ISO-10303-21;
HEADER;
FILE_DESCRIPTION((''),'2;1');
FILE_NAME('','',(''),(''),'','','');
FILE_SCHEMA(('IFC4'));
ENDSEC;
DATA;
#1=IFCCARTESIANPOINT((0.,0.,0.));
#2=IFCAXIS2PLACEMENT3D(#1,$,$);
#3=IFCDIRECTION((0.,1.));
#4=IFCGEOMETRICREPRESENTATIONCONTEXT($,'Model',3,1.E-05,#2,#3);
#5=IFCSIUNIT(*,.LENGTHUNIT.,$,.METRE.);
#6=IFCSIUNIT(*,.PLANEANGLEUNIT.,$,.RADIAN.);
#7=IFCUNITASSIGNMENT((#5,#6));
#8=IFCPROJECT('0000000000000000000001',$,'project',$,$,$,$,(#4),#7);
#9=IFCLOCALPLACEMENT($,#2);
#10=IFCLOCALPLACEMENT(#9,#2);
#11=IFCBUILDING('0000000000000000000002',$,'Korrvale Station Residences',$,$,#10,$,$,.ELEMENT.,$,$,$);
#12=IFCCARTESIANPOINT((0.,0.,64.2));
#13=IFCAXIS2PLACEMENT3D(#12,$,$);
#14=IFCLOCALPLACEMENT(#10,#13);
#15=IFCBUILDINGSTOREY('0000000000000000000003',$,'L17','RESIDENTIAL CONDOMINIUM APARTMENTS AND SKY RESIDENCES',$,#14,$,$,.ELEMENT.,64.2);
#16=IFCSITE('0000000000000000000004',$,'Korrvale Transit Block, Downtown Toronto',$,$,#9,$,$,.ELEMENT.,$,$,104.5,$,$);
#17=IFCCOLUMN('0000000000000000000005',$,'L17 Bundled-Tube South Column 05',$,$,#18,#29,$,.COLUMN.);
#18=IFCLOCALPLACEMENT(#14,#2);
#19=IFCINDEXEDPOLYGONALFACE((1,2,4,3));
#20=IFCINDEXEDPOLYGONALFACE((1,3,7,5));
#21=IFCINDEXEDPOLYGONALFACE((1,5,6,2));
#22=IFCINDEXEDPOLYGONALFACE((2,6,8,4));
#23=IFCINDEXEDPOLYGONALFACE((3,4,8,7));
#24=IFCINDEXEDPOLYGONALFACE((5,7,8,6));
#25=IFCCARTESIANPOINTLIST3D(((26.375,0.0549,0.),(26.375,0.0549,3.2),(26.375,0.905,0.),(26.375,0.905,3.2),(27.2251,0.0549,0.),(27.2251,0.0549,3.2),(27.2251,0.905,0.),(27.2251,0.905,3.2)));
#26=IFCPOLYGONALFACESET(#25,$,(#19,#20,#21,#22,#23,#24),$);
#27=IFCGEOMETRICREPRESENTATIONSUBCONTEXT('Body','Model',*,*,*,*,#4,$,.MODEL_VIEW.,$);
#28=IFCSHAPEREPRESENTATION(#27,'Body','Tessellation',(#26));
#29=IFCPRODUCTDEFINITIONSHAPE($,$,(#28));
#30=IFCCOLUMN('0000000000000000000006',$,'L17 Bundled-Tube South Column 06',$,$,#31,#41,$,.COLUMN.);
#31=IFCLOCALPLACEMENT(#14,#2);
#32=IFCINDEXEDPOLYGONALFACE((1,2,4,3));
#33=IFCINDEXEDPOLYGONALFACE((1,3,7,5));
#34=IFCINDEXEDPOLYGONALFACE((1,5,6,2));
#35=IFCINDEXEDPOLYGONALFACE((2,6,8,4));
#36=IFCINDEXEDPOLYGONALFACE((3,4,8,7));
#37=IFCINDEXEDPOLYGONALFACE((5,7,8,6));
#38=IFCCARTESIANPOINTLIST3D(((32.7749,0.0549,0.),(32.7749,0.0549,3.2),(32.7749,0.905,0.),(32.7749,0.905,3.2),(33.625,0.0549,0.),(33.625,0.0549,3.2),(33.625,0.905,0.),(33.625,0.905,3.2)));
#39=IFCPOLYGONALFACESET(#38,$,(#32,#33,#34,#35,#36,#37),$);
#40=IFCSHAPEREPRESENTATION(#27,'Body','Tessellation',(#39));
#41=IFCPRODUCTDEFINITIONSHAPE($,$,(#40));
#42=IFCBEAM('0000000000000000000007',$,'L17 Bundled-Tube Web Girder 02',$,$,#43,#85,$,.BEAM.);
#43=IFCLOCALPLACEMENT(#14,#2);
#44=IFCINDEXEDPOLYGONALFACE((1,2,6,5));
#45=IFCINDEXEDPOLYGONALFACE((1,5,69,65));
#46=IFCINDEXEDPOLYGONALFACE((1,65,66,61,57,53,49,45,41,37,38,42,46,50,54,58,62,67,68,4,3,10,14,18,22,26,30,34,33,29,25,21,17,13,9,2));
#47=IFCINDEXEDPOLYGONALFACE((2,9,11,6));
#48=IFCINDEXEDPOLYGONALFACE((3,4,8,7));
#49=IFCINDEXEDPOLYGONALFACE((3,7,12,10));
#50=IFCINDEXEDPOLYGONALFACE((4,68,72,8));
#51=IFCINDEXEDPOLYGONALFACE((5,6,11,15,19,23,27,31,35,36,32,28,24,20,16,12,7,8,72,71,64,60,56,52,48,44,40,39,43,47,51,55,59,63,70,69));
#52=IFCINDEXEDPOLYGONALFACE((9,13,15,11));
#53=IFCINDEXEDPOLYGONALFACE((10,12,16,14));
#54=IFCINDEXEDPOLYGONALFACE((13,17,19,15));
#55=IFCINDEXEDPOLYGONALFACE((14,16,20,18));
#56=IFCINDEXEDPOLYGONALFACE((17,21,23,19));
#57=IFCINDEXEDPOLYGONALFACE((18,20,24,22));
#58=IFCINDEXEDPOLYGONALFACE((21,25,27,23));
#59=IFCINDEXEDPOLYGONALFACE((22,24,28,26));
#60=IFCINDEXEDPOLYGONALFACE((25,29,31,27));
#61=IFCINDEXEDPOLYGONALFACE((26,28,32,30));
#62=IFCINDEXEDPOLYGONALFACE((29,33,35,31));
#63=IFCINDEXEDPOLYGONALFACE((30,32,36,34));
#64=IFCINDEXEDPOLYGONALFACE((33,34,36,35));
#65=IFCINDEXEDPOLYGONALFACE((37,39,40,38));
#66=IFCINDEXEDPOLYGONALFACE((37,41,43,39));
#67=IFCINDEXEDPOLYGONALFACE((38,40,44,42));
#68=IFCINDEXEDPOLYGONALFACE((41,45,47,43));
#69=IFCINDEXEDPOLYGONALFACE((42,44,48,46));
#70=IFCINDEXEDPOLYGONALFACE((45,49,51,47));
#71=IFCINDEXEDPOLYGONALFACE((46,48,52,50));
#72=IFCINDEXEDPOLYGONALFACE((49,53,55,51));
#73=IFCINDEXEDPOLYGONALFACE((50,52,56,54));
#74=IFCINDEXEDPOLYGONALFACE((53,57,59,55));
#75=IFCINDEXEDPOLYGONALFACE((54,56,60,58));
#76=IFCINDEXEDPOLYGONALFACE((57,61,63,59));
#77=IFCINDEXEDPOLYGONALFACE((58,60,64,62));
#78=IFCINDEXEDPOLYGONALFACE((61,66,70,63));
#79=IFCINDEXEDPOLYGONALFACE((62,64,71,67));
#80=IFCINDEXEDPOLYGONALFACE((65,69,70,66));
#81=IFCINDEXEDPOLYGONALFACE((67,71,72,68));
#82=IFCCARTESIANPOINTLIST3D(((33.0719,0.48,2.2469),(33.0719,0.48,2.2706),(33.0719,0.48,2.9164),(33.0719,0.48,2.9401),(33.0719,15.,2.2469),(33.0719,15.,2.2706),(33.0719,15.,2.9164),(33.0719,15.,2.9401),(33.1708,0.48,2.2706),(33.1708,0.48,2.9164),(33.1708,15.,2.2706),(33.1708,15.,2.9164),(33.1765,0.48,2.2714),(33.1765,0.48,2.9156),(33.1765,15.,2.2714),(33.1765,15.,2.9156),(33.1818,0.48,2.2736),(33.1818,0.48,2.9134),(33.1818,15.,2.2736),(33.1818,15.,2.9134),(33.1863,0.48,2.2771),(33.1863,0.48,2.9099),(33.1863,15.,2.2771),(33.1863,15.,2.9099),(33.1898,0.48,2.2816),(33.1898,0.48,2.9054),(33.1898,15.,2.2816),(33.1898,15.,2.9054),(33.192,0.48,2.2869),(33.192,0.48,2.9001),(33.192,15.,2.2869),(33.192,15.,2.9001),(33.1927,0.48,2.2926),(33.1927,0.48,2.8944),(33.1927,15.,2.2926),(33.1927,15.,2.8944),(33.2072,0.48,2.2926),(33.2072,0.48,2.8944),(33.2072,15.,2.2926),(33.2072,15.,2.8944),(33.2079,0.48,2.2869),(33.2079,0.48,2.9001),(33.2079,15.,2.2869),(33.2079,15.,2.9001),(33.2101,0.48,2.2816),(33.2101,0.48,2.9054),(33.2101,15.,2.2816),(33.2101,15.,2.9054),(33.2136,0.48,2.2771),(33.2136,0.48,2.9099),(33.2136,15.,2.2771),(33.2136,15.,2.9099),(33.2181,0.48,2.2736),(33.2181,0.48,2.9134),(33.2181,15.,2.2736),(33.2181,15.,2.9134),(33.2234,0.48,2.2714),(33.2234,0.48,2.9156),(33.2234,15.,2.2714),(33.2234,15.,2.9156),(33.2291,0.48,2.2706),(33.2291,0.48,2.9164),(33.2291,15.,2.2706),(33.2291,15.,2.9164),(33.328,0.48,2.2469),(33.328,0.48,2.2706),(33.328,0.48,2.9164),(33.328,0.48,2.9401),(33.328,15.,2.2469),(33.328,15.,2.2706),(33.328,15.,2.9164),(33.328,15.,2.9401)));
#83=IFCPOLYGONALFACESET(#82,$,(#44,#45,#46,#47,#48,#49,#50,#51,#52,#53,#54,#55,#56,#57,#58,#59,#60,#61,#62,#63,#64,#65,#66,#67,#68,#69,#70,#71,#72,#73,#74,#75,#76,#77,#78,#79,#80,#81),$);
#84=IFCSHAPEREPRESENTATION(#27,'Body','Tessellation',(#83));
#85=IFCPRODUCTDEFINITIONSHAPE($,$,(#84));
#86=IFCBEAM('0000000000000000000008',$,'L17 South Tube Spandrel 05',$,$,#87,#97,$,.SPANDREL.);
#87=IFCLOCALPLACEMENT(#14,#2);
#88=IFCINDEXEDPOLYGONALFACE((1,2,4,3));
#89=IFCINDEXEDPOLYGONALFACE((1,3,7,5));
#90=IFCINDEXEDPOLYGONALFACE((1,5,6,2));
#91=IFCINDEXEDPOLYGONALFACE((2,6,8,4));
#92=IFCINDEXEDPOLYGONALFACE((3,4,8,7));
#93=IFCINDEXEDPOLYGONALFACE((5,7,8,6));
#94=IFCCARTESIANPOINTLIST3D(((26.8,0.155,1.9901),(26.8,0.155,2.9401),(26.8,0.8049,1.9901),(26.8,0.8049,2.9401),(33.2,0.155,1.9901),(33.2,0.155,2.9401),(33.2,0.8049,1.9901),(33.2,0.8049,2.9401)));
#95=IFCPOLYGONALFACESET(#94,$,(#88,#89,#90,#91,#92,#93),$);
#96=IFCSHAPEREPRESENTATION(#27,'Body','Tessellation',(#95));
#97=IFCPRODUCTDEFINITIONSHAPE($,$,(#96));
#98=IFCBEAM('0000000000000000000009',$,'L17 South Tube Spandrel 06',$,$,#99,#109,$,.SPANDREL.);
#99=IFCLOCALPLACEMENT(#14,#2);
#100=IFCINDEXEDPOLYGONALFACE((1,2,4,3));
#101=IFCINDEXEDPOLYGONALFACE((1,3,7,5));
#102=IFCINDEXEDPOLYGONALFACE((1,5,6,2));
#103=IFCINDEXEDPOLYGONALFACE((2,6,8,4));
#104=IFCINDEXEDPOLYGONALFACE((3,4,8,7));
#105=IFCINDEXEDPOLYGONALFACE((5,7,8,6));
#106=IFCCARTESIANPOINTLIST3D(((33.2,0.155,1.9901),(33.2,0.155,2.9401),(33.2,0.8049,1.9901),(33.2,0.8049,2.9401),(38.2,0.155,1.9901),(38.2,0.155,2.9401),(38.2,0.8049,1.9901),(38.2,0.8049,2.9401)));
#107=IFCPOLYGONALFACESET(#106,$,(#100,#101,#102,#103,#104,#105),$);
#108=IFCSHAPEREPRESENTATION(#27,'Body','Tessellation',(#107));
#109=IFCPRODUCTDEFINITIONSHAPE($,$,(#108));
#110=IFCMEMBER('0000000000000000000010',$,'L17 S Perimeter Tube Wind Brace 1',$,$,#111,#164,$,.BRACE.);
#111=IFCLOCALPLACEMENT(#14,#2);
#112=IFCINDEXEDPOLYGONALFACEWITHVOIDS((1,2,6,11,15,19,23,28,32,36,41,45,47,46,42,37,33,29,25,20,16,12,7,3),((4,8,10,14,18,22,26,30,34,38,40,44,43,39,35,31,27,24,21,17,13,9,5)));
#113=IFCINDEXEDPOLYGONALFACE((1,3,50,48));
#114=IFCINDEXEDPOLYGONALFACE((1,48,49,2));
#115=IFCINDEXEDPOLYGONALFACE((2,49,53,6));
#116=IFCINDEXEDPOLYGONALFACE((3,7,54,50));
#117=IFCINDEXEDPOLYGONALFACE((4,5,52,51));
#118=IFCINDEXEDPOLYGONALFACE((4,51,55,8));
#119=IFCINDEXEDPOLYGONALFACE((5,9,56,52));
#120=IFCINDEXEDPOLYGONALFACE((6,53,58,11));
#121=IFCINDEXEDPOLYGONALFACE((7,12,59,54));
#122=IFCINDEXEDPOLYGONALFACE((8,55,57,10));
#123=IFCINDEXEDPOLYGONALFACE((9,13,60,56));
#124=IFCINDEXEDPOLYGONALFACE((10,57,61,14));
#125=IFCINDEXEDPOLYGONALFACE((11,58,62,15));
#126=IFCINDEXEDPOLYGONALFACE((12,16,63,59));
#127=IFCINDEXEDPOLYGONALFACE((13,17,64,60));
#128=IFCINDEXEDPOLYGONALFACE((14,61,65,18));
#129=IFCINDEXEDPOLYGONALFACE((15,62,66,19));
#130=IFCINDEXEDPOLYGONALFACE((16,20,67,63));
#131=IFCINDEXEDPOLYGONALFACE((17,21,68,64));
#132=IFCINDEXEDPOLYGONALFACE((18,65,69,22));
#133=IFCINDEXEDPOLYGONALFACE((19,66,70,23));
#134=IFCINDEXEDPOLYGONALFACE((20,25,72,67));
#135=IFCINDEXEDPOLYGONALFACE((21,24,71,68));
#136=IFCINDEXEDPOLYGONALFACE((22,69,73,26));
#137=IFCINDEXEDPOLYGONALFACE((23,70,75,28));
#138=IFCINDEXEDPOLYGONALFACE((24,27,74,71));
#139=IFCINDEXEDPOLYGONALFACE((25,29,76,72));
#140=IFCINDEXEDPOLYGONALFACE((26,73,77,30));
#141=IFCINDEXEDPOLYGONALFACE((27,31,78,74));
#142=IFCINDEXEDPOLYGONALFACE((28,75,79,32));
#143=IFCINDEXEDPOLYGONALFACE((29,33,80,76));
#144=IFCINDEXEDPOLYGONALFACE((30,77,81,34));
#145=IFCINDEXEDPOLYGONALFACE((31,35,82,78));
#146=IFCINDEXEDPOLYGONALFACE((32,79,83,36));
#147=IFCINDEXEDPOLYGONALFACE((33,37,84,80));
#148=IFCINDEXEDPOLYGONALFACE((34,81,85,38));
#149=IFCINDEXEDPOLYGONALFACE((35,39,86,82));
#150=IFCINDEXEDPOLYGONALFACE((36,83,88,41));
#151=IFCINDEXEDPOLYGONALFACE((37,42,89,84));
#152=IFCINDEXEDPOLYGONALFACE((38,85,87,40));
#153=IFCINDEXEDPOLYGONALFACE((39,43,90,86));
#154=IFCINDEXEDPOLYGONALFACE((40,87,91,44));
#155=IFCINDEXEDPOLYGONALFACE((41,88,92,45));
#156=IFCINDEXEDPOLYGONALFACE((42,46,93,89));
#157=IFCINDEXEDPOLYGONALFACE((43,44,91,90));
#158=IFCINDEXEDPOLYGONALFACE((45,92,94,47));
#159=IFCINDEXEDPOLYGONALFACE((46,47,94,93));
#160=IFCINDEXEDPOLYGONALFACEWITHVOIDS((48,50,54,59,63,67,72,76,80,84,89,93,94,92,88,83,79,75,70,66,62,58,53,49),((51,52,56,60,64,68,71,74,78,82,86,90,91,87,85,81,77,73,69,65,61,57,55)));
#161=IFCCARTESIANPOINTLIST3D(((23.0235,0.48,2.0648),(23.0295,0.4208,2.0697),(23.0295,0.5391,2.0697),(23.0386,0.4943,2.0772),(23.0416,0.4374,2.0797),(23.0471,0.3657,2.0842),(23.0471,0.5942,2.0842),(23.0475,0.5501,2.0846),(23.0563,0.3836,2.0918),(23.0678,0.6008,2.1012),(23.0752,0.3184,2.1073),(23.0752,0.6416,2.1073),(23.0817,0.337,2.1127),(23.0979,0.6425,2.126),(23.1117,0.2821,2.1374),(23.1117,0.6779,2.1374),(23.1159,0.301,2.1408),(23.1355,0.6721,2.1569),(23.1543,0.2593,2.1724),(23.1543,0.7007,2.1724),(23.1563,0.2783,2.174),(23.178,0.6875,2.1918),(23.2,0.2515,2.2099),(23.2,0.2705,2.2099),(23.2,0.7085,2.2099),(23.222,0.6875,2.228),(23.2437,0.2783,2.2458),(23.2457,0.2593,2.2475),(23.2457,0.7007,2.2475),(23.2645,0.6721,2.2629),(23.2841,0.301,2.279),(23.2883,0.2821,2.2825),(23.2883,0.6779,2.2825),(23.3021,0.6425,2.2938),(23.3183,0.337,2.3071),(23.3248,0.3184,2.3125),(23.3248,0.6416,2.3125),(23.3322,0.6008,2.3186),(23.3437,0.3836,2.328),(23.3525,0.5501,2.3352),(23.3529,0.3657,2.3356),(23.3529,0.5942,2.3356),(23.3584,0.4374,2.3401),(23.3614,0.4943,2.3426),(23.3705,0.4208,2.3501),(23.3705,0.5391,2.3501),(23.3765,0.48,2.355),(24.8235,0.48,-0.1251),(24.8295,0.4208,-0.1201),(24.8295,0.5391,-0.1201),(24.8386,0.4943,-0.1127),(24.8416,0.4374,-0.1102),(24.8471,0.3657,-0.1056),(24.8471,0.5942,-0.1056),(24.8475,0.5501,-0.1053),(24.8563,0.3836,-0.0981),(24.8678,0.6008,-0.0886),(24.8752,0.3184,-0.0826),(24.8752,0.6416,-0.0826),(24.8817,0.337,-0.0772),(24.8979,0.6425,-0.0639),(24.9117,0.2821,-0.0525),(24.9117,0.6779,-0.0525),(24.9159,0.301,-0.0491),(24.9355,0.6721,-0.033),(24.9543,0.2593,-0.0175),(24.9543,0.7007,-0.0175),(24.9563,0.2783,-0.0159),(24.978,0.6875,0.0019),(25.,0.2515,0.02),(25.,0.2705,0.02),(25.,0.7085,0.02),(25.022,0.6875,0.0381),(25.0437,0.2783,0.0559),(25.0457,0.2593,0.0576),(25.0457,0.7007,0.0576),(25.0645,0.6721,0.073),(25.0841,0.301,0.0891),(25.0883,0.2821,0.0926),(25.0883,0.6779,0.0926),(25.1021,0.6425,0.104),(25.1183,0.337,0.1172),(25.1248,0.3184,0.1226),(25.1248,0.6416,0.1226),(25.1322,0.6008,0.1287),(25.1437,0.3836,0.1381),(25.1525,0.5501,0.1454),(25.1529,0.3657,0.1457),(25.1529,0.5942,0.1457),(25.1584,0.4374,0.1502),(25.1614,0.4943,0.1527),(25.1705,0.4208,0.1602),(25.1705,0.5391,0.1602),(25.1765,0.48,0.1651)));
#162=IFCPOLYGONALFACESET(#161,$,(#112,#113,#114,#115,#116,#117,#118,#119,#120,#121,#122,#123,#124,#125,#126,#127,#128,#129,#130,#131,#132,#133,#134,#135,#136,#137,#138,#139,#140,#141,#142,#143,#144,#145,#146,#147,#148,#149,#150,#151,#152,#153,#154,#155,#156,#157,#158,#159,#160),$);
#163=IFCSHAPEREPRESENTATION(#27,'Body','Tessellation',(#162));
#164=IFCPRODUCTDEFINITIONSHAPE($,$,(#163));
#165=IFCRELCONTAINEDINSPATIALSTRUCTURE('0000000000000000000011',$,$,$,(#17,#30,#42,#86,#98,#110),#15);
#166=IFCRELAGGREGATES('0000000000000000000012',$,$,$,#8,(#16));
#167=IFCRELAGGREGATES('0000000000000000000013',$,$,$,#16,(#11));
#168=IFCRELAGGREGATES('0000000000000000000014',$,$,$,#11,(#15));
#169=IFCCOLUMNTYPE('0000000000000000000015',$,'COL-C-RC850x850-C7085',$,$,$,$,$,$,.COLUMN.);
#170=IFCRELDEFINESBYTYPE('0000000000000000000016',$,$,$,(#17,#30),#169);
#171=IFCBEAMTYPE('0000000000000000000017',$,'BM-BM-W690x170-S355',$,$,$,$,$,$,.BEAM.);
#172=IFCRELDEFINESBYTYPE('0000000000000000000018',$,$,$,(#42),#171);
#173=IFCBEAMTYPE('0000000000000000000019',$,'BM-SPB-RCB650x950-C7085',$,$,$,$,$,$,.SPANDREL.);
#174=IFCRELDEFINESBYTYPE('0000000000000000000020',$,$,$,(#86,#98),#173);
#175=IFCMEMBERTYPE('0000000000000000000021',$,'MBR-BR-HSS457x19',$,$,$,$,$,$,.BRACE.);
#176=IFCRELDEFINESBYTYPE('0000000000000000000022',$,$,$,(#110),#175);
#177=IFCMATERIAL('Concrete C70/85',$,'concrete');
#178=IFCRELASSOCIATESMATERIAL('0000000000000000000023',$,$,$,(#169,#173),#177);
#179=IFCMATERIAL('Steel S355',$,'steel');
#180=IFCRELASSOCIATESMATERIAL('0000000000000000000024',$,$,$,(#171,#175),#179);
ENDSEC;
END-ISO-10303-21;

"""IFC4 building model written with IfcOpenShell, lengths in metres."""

from ifc_helpers import new_model, si_unit, direction, frame, origin, origin_2d, place, context, subcontext, project, spatial, rectangle, hollow_circle, i_section, extrude, material, material_profile, profile_set, type_object, element, save


model = new_model("IFC4")

# Units and contexts
model_context = context("Model", 3, precision=1e-05, world=origin(), true_north=direction((0.0, 1.0)))
body_context = subcontext(model_context, "Body", "Model", "MODEL_VIEW")
ifc_project = project(units=[si_unit("LENGTHUNIT", "METRE"), si_unit("PLANEANGLEUNIT", "RADIAN")], contexts=[model_context])

# Site, building, storey
site_placement = place(None, origin())
site = spatial("IfcSite", under=ifc_project, at=site_placement, Name="Korrvale Transit Block, Downtown Toronto", CompositionType="ELEMENT", RefElevation=104.5)
building_placement = place(site_placement, origin())
building = spatial("IfcBuilding", under=site, at=building_placement, Name="Korrvale Station Residences", CompositionType="ELEMENT")
storey_placement = place(building_placement, frame((0.0, 0.0, 64.2)))
storey = spatial("IfcBuildingStorey", under=building, at=storey_placement, Name="L17", Description="RESIDENTIAL CONDOMINIUM APARTMENTS AND SKY RESIDENCES", CompositionType="ELEMENT", Elevation=64.2)

# Columns
ifc_material_1 = material(Name="Concrete C70/85", Category="concrete")
ifc_material_profile_1 = material_profile(ifc_material_1, rectangle(XDim=0.8501, YDim=0.8501, at=origin_2d()), Name="RC850x850")
ifc_profile_set_1 = profile_set([ifc_material_profile_1], Name="Concrete C70/85")
column_type = type_object("IfcColumnType", Name="COL-C-RC850x850-C7085", PredefinedType="COLUMN", material=ifc_profile_set_1)
for number, where, z_axis, x_axis, name in (
    (1, (26.8, 0.48, 0.0), (0.0, 0.0, 1.0), (1.0, 0.0, 0.0), "L17 Bundled-Tube South Column 05"),
    (2, (33.2, 0.48, 0.0), (0.0, 0.0, 1.0), (1.0, 0.0, 0.0), "L17 Bundled-Tube South Column 06"),
):
    element("IfcColumn", number, at=place(storey_placement, frame(where, z_axis=z_axis, x_axis=x_axis)), inside=storey, type_object=column_type, Name=name, PredefinedType="COLUMN", context=body_context, shape_type="SweptSolid", body=[
        extrude(rectangle(XDim=0.8501, YDim=0.8501, at=origin_2d()), origin(), (0.0, 0.0, 1.0), 3.2),
    ])

# Beams
ifc_material_2 = material(Name="Steel S355", Category="steel")
ifc_material_profile_2 = material_profile(ifc_material_2, i_section(OverallWidth=0.2561, OverallDepth=0.6931, WebThickness=0.0144, FlangeThickness=0.0237, FilletRadius=0.022, at=origin_2d()), Name="W690x170")
ifc_profile_set_2 = profile_set([ifc_material_profile_2], Name="Steel S355")
beam_type_1 = type_object("IfcBeamType", Name="BM-BM-W690x170-S355", PredefinedType="BEAM", material=ifc_profile_set_2)
beam_1_placement = place(storey_placement, frame((33.2, 0.48, 2.5935), z_axis=(0.0, 1.0, 0.0), x_axis=(-1.0, 0.0, 0.0)))
element("IfcBeam", 3, at=beam_1_placement, inside=storey, type_object=beam_type_1, Name="L17 Bundled-Tube Web Girder 02", PredefinedType="BEAM", context=body_context, shape_type="SweptSolid", body=[
    extrude(i_section(OverallWidth=0.2561, OverallDepth=0.6931, WebThickness=0.0144, FlangeThickness=0.0237, FilletRadius=0.022, at=origin_2d()), origin(), (0.0, 0.0, 1.0), 14.52),
])
ifc_material_profile_3 = material_profile(ifc_material_1, rectangle(XDim=0.6499, YDim=0.95, at=origin_2d()), Name="RCB650x950")
ifc_profile_set_3 = profile_set([ifc_material_profile_3], Name="Concrete C70/85")
beam_type_2 = type_object("IfcBeamType", Name="BM-SPB-RCB650x950-C7085", PredefinedType="SPANDREL", material=ifc_profile_set_3)
beam_2_placement = place(storey_placement, frame((26.8, 0.48, 2.4651), z_axis=(1.0, 0.0, 0.0), x_axis=(0.0, 1.0, 0.0)))
element("IfcBeam", 4, at=beam_2_placement, inside=storey, type_object=beam_type_2, Name="L17 South Tube Spandrel 05", PredefinedType="SPANDREL", context=body_context, shape_type="SweptSolid", body=[
    extrude(rectangle(XDim=0.6499, YDim=0.95, at=origin_2d()), origin(), (0.0, 0.0, 1.0), 6.3999),
])
beam_3_placement = place(storey_placement, frame((33.2, 0.48, 2.4651), z_axis=(1.0, 0.0, 0.0), x_axis=(0.0, 1.0, 0.0)))
element("IfcBeam", 5, at=beam_3_placement, inside=storey, type_object=beam_type_2, Name="L17 South Tube Spandrel 06", PredefinedType="SPANDREL", context=body_context, shape_type="SweptSolid", body=[
    extrude(rectangle(XDim=0.6499, YDim=0.95, at=origin_2d()), origin(), (0.0, 0.0, 1.0), 5.0),
])

# Member
ifc_material_profile_4 = material_profile(ifc_material_2, hollow_circle(Radius=0.2285, WallThickness=0.019, at=origin_2d()), Name="HSS457x19")
ifc_profile_set_4 = profile_set([ifc_material_profile_4], Name="Steel S355")
member_type = type_object("IfcMemberType", Name="MBR-BR-HSS457x19", PredefinedType="BRACE", material=ifc_profile_set_4)
for number, where, z_axis, x_axis, name in (
    (6, (25.0, 0.48, 0.02), (-0.634985, 0.0, 0.772524), (0.0, -1.0, 0.0), "L17 S Perimeter Tube Wind Brace 1"),
):
    element("IfcMember", number, at=place(storey_placement, frame(where, z_axis=z_axis, x_axis=x_axis)), inside=storey, type_object=member_type, Name=name, PredefinedType="BRACE", context=body_context, shape_type="SweptSolid", body=[
        extrude(hollow_circle(Radius=0.2285, WallThickness=0.019, at=origin_2d()), origin(), (0.0, 0.0, 1.0), 2.8347),
    ])

save(model, "model.ifc")
